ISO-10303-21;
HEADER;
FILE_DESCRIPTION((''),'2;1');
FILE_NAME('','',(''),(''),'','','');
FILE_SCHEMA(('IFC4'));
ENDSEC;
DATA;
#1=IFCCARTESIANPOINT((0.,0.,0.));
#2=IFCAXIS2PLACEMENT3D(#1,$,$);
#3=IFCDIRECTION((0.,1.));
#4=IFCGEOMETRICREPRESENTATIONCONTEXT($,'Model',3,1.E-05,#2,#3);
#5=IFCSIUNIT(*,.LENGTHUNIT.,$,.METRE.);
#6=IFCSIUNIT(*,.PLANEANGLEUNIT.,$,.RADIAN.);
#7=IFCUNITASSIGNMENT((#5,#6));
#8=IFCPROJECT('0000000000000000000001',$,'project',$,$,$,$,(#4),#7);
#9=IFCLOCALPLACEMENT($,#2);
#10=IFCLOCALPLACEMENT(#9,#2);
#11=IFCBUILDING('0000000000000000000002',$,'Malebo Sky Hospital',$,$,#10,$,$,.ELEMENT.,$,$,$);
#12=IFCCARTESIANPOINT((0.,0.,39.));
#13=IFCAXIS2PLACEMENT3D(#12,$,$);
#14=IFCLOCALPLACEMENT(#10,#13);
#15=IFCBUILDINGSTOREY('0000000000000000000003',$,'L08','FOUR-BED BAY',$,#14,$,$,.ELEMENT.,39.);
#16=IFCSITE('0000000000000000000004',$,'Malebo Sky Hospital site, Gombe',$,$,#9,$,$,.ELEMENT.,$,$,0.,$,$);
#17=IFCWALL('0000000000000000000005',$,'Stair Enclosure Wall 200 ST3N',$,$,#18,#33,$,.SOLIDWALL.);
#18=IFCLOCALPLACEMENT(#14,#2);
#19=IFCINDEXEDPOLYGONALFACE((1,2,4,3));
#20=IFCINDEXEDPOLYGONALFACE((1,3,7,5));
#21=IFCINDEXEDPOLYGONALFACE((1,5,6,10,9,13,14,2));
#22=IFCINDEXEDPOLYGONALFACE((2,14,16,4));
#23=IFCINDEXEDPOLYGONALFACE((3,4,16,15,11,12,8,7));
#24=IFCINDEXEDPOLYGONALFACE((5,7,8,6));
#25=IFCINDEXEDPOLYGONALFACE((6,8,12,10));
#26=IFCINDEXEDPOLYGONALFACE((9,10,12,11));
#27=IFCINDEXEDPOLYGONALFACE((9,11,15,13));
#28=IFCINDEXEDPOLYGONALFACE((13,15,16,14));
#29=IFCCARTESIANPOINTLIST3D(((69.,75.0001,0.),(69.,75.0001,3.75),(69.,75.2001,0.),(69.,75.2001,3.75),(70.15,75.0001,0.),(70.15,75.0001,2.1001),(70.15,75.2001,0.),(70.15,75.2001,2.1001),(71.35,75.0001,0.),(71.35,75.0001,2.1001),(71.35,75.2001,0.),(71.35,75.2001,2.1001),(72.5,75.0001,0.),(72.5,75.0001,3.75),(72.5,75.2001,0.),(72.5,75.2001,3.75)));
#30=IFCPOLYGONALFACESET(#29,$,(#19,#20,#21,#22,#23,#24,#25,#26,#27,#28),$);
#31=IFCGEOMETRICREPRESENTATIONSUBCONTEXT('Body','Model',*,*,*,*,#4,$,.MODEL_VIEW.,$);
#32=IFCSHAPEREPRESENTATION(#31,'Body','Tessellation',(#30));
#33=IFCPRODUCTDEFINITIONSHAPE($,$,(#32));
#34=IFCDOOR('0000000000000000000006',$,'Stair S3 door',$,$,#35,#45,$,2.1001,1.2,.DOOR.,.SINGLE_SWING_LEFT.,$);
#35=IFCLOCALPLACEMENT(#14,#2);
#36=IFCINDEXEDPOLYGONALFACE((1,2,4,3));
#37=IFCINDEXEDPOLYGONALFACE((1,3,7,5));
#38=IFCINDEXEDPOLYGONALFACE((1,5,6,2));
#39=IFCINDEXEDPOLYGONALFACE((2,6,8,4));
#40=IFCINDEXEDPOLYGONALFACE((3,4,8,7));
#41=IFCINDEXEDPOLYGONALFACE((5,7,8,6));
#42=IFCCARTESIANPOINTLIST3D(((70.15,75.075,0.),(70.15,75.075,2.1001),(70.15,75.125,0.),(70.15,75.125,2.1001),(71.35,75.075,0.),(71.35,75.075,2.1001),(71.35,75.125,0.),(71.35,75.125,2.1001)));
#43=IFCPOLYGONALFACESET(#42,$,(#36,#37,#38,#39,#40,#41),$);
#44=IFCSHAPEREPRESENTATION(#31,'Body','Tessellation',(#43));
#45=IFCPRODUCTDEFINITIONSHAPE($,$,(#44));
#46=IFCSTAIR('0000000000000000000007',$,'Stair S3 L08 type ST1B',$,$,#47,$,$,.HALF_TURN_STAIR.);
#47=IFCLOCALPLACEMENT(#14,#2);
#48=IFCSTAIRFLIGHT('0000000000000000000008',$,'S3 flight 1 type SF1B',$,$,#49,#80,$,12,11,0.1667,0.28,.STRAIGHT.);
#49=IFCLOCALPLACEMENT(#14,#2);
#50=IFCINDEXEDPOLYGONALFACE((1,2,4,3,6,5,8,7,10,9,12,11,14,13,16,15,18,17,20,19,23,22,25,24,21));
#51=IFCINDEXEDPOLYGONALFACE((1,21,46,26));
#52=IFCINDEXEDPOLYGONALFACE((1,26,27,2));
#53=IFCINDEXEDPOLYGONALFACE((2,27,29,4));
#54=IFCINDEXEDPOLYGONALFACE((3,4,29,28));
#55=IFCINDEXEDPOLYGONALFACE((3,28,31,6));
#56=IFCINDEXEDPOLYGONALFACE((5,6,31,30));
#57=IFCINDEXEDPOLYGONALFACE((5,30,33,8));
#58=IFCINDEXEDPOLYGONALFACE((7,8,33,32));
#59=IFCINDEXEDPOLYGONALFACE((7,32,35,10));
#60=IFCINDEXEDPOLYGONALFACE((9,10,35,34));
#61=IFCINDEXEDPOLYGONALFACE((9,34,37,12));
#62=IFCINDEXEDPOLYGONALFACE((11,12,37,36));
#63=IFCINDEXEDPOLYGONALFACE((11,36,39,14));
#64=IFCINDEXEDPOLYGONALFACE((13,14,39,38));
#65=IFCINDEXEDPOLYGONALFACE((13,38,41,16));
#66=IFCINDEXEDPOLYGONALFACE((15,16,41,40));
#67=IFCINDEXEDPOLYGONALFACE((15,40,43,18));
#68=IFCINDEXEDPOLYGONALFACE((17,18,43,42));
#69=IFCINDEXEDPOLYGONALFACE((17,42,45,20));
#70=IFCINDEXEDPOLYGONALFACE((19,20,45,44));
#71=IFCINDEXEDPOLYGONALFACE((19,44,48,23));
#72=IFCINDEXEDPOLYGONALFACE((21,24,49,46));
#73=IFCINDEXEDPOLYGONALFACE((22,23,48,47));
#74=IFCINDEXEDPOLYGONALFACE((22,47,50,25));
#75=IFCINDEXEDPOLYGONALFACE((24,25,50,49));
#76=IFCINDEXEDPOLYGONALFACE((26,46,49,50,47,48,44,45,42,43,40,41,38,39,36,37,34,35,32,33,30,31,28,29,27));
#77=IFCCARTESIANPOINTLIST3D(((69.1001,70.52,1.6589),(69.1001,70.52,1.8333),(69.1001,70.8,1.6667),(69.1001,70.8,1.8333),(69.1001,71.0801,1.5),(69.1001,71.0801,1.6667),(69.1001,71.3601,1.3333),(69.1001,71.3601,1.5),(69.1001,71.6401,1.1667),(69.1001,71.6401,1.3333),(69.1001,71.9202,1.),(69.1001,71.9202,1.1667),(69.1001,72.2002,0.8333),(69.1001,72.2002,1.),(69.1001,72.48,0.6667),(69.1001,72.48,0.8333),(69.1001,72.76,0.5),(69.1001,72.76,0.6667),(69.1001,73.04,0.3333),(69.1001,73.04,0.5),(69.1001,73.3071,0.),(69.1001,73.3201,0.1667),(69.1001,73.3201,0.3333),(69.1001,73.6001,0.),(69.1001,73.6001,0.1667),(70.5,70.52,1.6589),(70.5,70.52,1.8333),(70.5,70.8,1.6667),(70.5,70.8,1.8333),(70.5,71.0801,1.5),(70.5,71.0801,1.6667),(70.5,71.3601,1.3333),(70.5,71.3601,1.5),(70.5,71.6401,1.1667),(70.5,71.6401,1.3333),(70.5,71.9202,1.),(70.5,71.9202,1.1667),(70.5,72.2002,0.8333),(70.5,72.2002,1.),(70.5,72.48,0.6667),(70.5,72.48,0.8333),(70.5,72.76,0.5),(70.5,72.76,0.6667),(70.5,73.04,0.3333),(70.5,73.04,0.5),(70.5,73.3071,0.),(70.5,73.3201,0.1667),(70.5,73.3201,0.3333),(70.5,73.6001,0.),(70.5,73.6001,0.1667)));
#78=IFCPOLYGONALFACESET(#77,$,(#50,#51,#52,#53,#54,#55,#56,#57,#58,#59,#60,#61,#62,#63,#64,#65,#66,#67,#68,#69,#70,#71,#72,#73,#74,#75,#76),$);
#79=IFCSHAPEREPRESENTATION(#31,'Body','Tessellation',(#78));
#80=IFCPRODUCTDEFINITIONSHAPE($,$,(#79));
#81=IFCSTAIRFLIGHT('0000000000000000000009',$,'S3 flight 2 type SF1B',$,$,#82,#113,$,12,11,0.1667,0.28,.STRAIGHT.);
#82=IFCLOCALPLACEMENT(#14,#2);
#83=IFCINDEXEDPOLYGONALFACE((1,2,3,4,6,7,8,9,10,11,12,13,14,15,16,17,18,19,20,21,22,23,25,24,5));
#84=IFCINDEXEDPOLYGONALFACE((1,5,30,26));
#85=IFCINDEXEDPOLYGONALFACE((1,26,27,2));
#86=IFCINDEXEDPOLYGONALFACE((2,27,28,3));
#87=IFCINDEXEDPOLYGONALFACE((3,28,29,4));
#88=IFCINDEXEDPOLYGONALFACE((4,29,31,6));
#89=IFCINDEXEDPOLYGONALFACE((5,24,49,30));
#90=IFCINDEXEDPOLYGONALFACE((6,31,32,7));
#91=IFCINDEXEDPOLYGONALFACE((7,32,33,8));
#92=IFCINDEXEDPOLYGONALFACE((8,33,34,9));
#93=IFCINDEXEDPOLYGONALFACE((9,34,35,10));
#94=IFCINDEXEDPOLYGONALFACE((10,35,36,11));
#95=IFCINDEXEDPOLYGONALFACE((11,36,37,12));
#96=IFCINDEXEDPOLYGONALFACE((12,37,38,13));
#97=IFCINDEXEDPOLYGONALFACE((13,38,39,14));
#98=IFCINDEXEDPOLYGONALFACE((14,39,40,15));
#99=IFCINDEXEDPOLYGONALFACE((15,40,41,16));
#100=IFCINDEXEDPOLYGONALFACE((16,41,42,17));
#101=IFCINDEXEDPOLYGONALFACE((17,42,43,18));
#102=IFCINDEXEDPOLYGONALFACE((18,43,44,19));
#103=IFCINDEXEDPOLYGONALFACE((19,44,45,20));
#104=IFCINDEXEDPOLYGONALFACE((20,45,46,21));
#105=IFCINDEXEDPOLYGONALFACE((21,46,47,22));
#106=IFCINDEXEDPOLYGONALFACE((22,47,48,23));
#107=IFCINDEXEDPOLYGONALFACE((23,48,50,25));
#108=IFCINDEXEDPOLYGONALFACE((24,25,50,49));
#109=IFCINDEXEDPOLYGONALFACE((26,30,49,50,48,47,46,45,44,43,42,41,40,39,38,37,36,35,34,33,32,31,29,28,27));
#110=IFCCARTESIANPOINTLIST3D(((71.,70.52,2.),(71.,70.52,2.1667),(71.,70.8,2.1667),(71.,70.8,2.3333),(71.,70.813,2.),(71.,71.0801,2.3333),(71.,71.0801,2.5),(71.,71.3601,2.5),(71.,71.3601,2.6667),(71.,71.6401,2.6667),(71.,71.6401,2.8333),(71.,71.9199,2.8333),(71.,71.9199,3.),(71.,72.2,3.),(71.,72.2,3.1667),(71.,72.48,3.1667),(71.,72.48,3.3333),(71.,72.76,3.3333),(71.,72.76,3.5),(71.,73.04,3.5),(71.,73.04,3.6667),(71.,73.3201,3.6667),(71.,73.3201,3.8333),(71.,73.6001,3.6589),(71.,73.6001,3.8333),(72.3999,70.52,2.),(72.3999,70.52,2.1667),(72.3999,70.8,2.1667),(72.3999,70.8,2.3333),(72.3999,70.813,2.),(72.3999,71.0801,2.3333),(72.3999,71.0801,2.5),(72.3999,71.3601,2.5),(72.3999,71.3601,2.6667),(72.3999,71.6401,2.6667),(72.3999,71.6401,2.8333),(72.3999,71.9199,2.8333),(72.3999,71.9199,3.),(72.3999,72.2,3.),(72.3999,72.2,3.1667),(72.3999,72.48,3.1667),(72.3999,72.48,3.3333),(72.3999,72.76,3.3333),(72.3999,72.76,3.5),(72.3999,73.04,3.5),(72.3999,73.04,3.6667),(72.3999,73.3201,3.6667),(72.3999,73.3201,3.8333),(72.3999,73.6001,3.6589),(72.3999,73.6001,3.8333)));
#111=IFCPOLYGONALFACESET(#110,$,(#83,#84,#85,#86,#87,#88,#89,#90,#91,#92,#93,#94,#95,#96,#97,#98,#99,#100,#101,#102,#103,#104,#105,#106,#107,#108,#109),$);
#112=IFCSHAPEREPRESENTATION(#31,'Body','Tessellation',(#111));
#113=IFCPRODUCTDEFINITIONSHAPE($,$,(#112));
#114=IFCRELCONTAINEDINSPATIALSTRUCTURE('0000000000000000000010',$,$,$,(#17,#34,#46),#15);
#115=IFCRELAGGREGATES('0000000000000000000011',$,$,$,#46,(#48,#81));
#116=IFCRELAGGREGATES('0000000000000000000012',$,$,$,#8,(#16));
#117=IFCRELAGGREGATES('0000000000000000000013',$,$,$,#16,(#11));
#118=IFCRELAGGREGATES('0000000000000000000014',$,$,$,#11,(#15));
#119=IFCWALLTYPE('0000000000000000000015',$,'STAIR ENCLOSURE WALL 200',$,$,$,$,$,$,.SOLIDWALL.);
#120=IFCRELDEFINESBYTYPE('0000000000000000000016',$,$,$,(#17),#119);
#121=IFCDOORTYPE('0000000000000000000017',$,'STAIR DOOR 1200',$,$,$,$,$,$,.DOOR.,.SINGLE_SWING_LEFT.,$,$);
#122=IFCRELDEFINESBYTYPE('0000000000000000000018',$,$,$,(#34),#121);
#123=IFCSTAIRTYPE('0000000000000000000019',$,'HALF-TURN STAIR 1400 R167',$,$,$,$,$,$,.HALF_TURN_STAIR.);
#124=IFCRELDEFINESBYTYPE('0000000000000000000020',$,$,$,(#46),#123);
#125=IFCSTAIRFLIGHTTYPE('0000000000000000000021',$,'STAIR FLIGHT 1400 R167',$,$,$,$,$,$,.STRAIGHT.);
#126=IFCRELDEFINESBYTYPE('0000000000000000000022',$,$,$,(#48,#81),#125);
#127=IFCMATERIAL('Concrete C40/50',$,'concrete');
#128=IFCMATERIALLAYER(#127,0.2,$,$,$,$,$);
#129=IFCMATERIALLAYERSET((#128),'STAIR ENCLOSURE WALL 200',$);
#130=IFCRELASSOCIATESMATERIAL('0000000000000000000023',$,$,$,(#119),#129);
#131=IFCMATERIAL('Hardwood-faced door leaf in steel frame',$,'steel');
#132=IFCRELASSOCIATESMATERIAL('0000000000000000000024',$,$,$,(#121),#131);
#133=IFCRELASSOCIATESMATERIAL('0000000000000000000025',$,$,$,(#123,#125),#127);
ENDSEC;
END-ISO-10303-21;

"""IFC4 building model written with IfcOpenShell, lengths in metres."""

from ifc_helpers import new_model, si_unit, direction, frame, frame_2d, origin, place, context, subcontext, project, spatial, polyline, rectangle, outline, extrude, material, layer, layer_set, type_object, element, fill, aggregate, save


model = new_model("IFC4")

# Units and contexts
model_context = context("Model", 3, precision=1e-05, world=origin(), true_north=direction((0.0, 1.0)))
body_context = subcontext(model_context, "Body", "Model", "MODEL_VIEW")
ifc_project = project(units=[si_unit("LENGTHUNIT", "METRE"), si_unit("PLANEANGLEUNIT", "RADIAN")], contexts=[model_context])

# Site, building, storey
site_placement = place(None, origin())
site = spatial("IfcSite", under=ifc_project, at=site_placement, Name="Malebo Sky Hospital site, Gombe", CompositionType="ELEMENT", RefElevation=0.0)
building_placement = place(site_placement, origin())
building = spatial("IfcBuilding", under=site, at=building_placement, Name="Malebo Sky Hospital", CompositionType="ELEMENT")
storey_placement = place(building_placement, frame((0.0, 0.0, 39.0)))
storey = spatial("IfcBuildingStorey", under=building, at=storey_placement, Name="L08", Description="FOUR-BED BAY", CompositionType="ELEMENT", Elevation=39.0)

# Shared definitions
ifc_material_1 = material(Name="Hardwood-faced door leaf in steel frame", Category="steel")

# Shared definitions
ifc_material_2 = material(Name="Concrete C40/50", Category="concrete")
ifc_layer_1 = layer(ifc_material_2, 0.2)
ifc_layer_set_1 = layer_set([ifc_layer_1], Name="STAIR ENCLOSURE WALL 200")
wall_type_1 = type_object("IfcWallType", Name="STAIR ENCLOSURE WALL 200", PredefinedType="SOLIDWALL", material=ifc_layer_set_1)

# Wall, opening, door
wall_1_placement = place(storey_placement, frame((69.0, 75.1001, 0.0), z_axis=(0.0, 0.0, 1.0), x_axis=(1.0, 0.0, 0.0)))
wall_1 = element("IfcWall", 1, at=wall_1_placement, inside=storey, type_object=wall_type_1, Name="Stair Enclosure Wall 200 ST3N", PredefinedType="SOLIDWALL", context=body_context, shape_type="SweptSolid", body=[
    extrude(rectangle(XDim=3.5, YDim=0.2, at=frame_2d((1.75, 0.0))), origin(), (0.0, 0.0, 1.0), 3.75),
])
opening_1_placement = place(wall_1_placement, frame((1.1499, 0.0, 0.0)))
opening_1 = element("IfcOpeningElement", 2, at=opening_1_placement, cuts=wall_1, PredefinedType="OPENING", context=body_context, shape_type="SweptSolid", body=[
    extrude(rectangle(XDim=1.2, YDim=2.1001, at=frame_2d((0.6001, 1.05))), frame((0.0, 0.1099, 0.0), z_axis=(0.0, -1.0, 0.0), x_axis=(1.0, 0.0, 0.0)), (0.0, 0.0, 1.0), 0.22),
])
door_type_1 = type_object("IfcDoorType", Name="STAIR DOOR 1200", OperationType="SINGLE_SWING_LEFT", PredefinedType="DOOR", material=ifc_material_1)
door_1_placement = place(opening_1_placement, origin())
door_1 = element("IfcDoor", 3, at=door_1_placement, inside=storey, type_object=door_type_1, Name="Stair S3 door", OperationType="SINGLE_SWING_LEFT", OverallHeight=2.1001, OverallWidth=1.2, PredefinedType="DOOR", context=body_context, shape_type="SweptSolid", body=[
    extrude(rectangle(XDim=1.2, YDim=2.1001, at=frame_2d((0.6001, 1.05))), frame((0.0, 0.0249, 0.0), z_axis=(0.0, -1.0, 0.0), x_axis=(1.0, 0.0, 0.0)), (0.0, 0.0, 1.0), 0.05),
])
fill(opening_1, door_1)

# Stair, stair flights
stair_type = type_object("IfcStairType", Name="HALF-TURN STAIR 1400 R167", PredefinedType="HALF_TURN_STAIR", material=ifc_material_2)
stair_placement = place(storey_placement, origin())
stair = element("IfcStair", 4, at=stair_placement, inside=storey, type_object=stair_type, Name="Stair S3 L08 type ST1B", PredefinedType="HALF_TURN_STAIR")
stair_flight_type = type_object("IfcStairFlightType", Name="STAIR FLIGHT 1400 R167", PredefinedType="STRAIGHT", material=ifc_material_2)
stair_flight_1_placement = place(storey_placement, frame((69.8, 73.6001, 0.0), z_axis=(0.0, 0.0, 1.0), x_axis=(0.0, -1.0, 0.0)))
stair_flight_1 = element("IfcStairFlight", 5, at=stair_flight_1_placement, type_object=stair_flight_type, Name="S3 flight 1 type SF1B", NumberOfRisers=12, NumberOfTreads=11, PredefinedType="STRAIGHT", RiserHeight=0.1667, TreadLength=0.28, context=body_context, shape_type="SweptSolid", body=[
    extrude(outline(polyline([(0.0, 0.0), (0.0, 0.1667), (0.28, 0.1667), (0.28, 0.3333), (0.5601, 0.3333), (0.5601, 0.5), (0.8401, 0.5), (0.8401, 0.6667), (1.1201, 0.6667), (1.1201, 0.8333), (1.3999, 0.8333), (1.3999, 1.0), (1.6799, 1.0), (1.6799, 1.1667), (1.96, 1.1667), (1.96, 1.3333), (2.24, 1.3333), (2.24, 1.5), (2.52, 1.5), (2.52, 1.6667), (2.8, 1.6667), (2.8, 1.8333), (3.0801, 1.8333), (3.0801, 2.0), (3.0801, 1.6589), (0.293, 0.0), (0.0, 0.0)])), frame((0.0, 0.7, 0.0), z_axis=(0.0, -1.0, 0.0), x_axis=(1.0, 0.0, 0.0)), (0.0, 0.0, 1.0), 1.3999),
])
stair_flight_2_placement = place(storey_placement, frame((71.7, 70.52, 2.0), z_axis=(0.0, 0.0, 1.0), x_axis=(0.0, 1.0, 0.0)))
stair_flight_2 = element("IfcStairFlight", 6, at=stair_flight_2_placement, type_object=stair_flight_type, Name="S3 flight 2 type SF1B", NumberOfRisers=12, NumberOfTreads=11, PredefinedType="STRAIGHT", RiserHeight=0.1667, TreadLength=0.28, context=body_context, shape_type="SweptSolid", body=[
    extrude(outline(polyline([(0.0, 0.0), (0.0, 0.1667), (0.28, 0.1667), (0.28, 0.3333), (0.5601, 0.3333), (0.5601, 0.5), (0.8401, 0.5), (0.8401, 0.6667), (1.1201, 0.6667), (1.1201, 0.8333), (1.3999, 0.8333), (1.3999, 1.0), (1.6799, 1.0), (1.6799, 1.1667), (1.96, 1.1667), (1.96, 1.3333), (2.24, 1.3333), (2.24, 1.5), (2.52, 1.5), (2.52, 1.6667), (2.8, 1.6667), (2.8, 1.8333), (3.0801, 1.8333), (3.0801, 2.0), (3.0801, 1.6589), (0.293, 0.0), (0.0, 0.0)])), frame((0.0, 0.7, 0.0), z_axis=(0.0, -1.0, 0.0), x_axis=(1.0, 0.0, 0.0)), (0.0, 0.0, 1.0), 1.3999),
])
aggregate(stair, [stair_flight_1, stair_flight_2])

save(model, "model.ifc")
